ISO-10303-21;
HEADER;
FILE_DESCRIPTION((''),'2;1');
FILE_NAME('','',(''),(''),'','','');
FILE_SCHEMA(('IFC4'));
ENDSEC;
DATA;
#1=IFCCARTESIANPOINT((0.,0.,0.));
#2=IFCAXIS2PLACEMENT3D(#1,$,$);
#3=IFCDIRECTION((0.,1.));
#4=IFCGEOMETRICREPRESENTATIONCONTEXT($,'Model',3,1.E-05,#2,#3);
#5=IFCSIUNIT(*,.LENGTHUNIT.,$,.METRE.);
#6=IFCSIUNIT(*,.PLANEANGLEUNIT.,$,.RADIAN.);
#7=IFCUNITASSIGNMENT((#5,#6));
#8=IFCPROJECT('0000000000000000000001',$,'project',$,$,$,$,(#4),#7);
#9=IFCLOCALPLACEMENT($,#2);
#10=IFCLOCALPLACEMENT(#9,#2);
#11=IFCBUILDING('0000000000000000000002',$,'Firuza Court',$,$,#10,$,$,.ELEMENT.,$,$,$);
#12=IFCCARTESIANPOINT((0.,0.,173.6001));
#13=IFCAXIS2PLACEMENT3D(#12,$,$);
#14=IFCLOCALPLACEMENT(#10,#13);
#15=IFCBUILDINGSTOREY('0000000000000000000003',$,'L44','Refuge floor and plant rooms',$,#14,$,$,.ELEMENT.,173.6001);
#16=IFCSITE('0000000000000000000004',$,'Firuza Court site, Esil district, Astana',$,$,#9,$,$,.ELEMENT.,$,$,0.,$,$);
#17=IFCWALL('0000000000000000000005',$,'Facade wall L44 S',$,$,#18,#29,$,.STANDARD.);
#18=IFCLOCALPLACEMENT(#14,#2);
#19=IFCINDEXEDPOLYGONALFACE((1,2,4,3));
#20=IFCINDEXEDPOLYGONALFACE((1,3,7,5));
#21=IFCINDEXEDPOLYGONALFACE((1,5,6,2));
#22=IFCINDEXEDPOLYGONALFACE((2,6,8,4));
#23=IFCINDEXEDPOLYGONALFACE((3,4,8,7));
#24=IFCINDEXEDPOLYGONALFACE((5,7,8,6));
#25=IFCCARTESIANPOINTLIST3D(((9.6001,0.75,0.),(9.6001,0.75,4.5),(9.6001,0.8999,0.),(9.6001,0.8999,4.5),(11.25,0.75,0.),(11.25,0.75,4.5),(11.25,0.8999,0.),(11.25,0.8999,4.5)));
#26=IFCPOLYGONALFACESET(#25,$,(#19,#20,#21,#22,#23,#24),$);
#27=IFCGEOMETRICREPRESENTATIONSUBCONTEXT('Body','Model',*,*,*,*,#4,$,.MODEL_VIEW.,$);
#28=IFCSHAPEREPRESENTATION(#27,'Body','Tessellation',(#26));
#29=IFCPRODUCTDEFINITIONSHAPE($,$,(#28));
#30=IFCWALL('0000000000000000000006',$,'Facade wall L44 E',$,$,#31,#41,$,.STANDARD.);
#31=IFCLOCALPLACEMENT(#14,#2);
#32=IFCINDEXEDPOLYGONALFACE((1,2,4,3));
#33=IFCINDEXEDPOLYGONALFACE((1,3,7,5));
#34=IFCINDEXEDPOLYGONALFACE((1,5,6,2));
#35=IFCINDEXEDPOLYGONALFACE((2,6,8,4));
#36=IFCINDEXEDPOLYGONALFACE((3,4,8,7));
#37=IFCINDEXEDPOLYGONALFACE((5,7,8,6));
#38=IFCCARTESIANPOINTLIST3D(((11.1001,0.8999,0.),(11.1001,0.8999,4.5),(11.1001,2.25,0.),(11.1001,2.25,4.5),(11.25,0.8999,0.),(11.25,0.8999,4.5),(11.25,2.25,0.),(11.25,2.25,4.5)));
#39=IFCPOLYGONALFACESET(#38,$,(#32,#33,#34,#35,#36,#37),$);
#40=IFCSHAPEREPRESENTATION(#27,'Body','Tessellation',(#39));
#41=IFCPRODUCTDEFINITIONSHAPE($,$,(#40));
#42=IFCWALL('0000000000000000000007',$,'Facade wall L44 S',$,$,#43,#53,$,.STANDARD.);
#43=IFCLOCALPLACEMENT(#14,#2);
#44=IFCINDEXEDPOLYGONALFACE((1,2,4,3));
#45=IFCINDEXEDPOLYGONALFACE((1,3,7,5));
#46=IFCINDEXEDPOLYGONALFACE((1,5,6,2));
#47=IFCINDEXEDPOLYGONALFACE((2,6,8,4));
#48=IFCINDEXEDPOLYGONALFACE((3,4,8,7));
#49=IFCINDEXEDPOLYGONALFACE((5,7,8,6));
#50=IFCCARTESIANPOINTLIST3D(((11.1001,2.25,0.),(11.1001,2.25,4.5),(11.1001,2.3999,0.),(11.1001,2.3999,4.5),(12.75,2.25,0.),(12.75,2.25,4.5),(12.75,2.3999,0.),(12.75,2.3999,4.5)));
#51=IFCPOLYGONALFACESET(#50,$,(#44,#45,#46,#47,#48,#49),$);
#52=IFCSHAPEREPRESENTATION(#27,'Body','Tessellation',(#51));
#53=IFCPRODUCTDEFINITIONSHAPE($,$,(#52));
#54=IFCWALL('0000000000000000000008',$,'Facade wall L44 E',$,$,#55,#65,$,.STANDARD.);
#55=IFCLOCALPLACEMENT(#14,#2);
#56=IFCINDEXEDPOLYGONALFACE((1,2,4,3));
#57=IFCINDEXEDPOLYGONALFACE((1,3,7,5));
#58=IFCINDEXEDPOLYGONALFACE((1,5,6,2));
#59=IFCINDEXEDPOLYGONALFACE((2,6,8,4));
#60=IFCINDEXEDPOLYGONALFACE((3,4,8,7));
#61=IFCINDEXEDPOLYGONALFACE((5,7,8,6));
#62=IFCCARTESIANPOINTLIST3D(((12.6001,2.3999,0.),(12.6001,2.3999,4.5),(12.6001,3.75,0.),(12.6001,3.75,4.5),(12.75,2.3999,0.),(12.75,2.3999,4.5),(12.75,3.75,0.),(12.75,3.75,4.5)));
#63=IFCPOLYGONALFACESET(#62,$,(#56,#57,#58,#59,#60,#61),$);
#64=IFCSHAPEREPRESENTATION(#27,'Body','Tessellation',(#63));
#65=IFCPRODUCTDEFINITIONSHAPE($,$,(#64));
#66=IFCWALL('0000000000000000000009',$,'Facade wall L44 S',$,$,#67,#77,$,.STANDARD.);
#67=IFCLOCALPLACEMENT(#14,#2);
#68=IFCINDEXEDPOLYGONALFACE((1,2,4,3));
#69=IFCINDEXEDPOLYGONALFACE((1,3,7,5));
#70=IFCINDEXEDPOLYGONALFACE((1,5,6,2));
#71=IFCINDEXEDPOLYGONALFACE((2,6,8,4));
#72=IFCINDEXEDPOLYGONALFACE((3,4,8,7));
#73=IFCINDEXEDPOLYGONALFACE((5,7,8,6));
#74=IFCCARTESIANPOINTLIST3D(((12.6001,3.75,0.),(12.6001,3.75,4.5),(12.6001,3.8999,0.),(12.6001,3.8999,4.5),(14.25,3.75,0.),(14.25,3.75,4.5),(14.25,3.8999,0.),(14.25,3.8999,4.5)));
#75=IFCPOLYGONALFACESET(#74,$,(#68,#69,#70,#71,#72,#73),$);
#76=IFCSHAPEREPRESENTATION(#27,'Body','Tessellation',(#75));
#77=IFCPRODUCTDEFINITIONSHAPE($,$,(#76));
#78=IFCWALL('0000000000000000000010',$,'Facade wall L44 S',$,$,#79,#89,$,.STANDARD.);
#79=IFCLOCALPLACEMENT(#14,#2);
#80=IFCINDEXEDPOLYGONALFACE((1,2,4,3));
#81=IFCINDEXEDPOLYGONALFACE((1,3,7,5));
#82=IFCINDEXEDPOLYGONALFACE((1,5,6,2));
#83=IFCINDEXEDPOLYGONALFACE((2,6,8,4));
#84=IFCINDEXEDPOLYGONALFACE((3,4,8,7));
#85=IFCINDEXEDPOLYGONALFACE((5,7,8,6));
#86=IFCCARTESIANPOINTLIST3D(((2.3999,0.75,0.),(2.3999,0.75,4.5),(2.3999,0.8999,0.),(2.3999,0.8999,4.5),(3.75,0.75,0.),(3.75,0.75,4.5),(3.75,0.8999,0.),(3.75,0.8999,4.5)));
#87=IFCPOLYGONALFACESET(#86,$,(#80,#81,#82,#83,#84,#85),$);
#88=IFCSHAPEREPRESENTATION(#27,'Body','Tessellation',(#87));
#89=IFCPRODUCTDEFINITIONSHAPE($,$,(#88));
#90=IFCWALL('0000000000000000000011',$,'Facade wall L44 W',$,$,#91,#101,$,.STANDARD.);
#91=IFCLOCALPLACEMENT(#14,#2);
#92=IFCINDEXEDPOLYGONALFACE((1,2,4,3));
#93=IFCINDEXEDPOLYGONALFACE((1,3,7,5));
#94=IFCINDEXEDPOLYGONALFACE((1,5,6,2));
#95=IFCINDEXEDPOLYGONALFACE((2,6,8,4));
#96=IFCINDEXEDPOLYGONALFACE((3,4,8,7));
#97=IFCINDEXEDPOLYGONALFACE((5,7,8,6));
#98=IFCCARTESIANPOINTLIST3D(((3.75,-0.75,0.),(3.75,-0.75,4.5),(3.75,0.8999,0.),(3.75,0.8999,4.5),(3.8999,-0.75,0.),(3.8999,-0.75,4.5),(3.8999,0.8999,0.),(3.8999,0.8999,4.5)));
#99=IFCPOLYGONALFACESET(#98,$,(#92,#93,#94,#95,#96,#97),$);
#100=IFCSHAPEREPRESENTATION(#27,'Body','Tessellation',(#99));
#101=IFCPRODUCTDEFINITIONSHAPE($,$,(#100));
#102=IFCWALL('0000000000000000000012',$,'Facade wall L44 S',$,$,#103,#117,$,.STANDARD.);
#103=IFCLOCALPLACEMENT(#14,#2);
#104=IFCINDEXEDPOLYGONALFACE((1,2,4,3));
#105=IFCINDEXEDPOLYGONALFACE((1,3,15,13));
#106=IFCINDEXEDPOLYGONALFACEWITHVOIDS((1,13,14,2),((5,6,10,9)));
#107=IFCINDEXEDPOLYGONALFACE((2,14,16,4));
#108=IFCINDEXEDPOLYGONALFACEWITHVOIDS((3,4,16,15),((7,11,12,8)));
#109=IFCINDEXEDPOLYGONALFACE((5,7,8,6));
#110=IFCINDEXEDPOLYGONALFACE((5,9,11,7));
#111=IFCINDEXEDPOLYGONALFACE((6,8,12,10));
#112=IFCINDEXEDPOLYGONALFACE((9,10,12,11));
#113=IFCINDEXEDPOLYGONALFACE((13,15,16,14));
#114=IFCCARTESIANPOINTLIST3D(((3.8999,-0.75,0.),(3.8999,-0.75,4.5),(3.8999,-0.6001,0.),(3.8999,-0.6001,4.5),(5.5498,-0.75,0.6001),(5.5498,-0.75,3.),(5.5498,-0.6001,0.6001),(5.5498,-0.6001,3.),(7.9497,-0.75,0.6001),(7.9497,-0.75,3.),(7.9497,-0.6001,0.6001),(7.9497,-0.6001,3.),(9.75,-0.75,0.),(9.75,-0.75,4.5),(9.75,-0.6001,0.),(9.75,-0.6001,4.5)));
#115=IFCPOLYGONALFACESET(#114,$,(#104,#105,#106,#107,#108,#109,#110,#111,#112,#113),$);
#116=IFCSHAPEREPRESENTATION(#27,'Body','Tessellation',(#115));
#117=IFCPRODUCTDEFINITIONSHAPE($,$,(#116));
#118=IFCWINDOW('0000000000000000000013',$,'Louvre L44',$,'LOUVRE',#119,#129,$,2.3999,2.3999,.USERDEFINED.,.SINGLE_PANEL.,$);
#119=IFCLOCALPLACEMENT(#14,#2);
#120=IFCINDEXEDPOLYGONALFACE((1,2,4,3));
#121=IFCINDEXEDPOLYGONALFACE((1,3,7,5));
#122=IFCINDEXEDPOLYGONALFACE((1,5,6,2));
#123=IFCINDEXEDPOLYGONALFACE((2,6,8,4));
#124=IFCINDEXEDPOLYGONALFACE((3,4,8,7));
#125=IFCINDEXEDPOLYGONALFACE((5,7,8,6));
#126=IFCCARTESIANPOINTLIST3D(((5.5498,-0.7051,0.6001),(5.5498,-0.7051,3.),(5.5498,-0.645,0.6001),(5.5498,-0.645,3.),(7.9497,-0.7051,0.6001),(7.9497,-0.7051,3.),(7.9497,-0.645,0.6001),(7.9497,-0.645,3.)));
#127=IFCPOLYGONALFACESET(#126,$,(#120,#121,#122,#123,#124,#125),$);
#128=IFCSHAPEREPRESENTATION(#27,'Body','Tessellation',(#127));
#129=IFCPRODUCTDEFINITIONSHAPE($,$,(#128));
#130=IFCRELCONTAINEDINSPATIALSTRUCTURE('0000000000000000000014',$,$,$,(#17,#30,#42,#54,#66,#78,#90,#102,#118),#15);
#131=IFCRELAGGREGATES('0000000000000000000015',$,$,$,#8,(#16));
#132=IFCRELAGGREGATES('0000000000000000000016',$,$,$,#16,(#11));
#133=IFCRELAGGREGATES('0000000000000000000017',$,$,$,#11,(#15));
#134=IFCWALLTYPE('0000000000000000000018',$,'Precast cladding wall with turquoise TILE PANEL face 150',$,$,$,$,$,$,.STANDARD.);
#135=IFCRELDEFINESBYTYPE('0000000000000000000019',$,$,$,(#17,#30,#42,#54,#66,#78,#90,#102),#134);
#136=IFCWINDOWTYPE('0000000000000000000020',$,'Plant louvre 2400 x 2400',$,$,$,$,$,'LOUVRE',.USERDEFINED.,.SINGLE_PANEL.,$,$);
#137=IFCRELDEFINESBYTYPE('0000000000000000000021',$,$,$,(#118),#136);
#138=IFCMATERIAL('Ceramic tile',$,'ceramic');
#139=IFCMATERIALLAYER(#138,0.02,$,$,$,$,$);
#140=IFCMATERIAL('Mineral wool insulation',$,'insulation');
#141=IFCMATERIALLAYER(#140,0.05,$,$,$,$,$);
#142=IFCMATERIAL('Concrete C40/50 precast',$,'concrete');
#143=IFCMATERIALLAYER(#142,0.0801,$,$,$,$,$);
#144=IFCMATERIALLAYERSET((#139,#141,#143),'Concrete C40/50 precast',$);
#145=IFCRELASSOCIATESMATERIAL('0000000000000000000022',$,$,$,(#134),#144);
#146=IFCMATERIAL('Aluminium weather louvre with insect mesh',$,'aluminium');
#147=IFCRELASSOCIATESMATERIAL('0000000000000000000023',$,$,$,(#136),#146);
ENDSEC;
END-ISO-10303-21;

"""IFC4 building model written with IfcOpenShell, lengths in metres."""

from ifc_helpers import new_model, si_unit, direction, frame, frame_2d, origin, place, context, subcontext, project, spatial, rectangle, extrude, material, layer, layer_set, type_object, element, fill, save


model = new_model("IFC4")

# Units and contexts
model_context = context("Model", 3, precision=1e-05, world=origin(), true_north=direction((0.0, 1.0)))
body_context = subcontext(model_context, "Body", "Model", "MODEL_VIEW")
ifc_project = project(units=[si_unit("LENGTHUNIT", "METRE"), si_unit("PLANEANGLEUNIT", "RADIAN")], contexts=[model_context])

# Site, building, storey
site_placement = place(None, origin())
site = spatial("IfcSite", under=ifc_project, at=site_placement, Name="Firuza Court site, Esil district, Astana", CompositionType="ELEMENT", RefElevation=0.0)
building_placement = place(site_placement, origin())
building = spatial("IfcBuilding", under=site, at=building_placement, Name="Firuza Court", CompositionType="ELEMENT")
storey_placement = place(building_placement, frame((0.0, 0.0, 173.6001)))
storey = spatial("IfcBuildingStorey", under=building, at=storey_placement, Name="L44", Description="Refuge floor and plant rooms", CompositionType="ELEMENT", Elevation=173.6001)

# Walls
ifc_material_1 = material(Name="Ceramic tile", Category="ceramic")
ifc_layer_1 = layer(ifc_material_1, 0.02)
ifc_material_2 = material(Name="Mineral wool insulation", Category="insulation")
ifc_layer_2 = layer(ifc_material_2, 0.05)
ifc_material_3 = material(Name="Concrete C40/50 precast", Category="concrete")
ifc_layer_3 = layer(ifc_material_3, 0.0801)
ifc_layer_set_1 = layer_set([ifc_layer_1, ifc_layer_2, ifc_layer_3], Name="Concrete C40/50 precast")
wall_type_1 = type_object("IfcWallType", Name="Precast cladding wall with turquoise TILE PANEL face 150", PredefinedType="STANDARD", material=ifc_layer_set_1)
wall_1_placement = place(storey_placement, frame((9.6001, 0.825, 0.0), z_axis=(0.0, 0.0, 1.0), x_axis=(1.0, 0.0, 0.0)))
element("IfcWall", 1, at=wall_1_placement, inside=storey, type_object=wall_type_1, Name="Facade wall L44 S", PredefinedType="STANDARD", context=body_context, shape_type="SweptSolid", body=[
    extrude(rectangle(XDim=1.6499, YDim=0.1499, at=frame_2d((0.825, 0.0))), origin(), (0.0, 0.0, 1.0), 4.5),
])
wall_2_placement = place(storey_placement, frame((11.175, 0.8999, 0.0), z_axis=(0.0, 0.0, 1.0), x_axis=(0.0, 1.0, 0.0)))
element("IfcWall", 2, at=wall_2_placement, inside=storey, type_object=wall_type_1, Name="Facade wall L44 E", PredefinedType="STANDARD", context=body_context, shape_type="SweptSolid", body=[
    extrude(rectangle(XDim=1.3501, YDim=0.1499, at=frame_2d((0.675, 0.0))), origin(), (0.0, 0.0, 1.0), 4.5),
])
wall_3_placement = place(storey_placement, frame((11.1001, 2.325, 0.0), z_axis=(0.0, 0.0, 1.0), x_axis=(1.0, 0.0, 0.0)))
element("IfcWall", 3, at=wall_3_placement, inside=storey, type_object=wall_type_1, Name="Facade wall L44 S", PredefinedType="STANDARD", context=body_context, shape_type="SweptSolid", body=[
    extrude(rectangle(XDim=1.6499, YDim=0.1499, at=frame_2d((0.825, 0.0))), origin(), (0.0, 0.0, 1.0), 4.5),
])
wall_4_placement = place(storey_placement, frame((12.675, 2.3999, 0.0), z_axis=(0.0, 0.0, 1.0), x_axis=(0.0, 1.0, 0.0)))
element("IfcWall", 4, at=wall_4_placement, inside=storey, type_object=wall_type_1, Name="Facade wall L44 E", PredefinedType="STANDARD", context=body_context, shape_type="SweptSolid", body=[
    extrude(rectangle(XDim=1.3501, YDim=0.1499, at=frame_2d((0.675, 0.0))), origin(), (0.0, 0.0, 1.0), 4.5),
])
wall_5_placement = place(storey_placement, frame((12.6001, 3.825, 0.0), z_axis=(0.0, 0.0, 1.0), x_axis=(1.0, 0.0, 0.0)))
element("IfcWall", 5, at=wall_5_placement, inside=storey, type_object=wall_type_1, Name="Facade wall L44 S", PredefinedType="STANDARD", context=body_context, shape_type="SweptSolid", body=[
    extrude(rectangle(XDim=1.6499, YDim=0.1499, at=frame_2d((0.825, 0.0))), origin(), (0.0, 0.0, 1.0), 4.5),
])
wall_6_placement = place(storey_placement, frame((2.3999, 0.825, 0.0), z_axis=(0.0, 0.0, 1.0), x_axis=(1.0, 0.0, 0.0)))
element("IfcWall", 6, at=wall_6_placement, inside=storey, type_object=wall_type_1, Name="Facade wall L44 S", PredefinedType="STANDARD", context=body_context, shape_type="SweptSolid", body=[
    extrude(rectangle(XDim=1.3501, YDim=0.1499, at=frame_2d((0.675, 0.0))), origin(), (0.0, 0.0, 1.0), 4.5),
])
wall_7_placement = place(storey_placement, frame((3.825, 0.8999, 0.0), z_axis=(0.0, 0.0, 1.0), x_axis=(0.0, -1.0, 0.0)))
element("IfcWall", 7, at=wall_7_placement, inside=storey, type_object=wall_type_1, Name="Facade wall L44 W", PredefinedType="STANDARD", context=body_context, shape_type="SweptSolid", body=[
    extrude(rectangle(XDim=1.6499, YDim=0.1499, at=frame_2d((0.825, 0.0))), origin(), (0.0, 0.0, 1.0), 4.5),
])

# Wall, opening, window
wall_8_placement = place(storey_placement, frame((3.8999, -0.675, 0.0), z_axis=(0.0, 0.0, 1.0), x_axis=(1.0, 0.0, 0.0)))
wall_8 = element("IfcWall", 8, at=wall_8_placement, inside=storey, type_object=wall_type_1, Name="Facade wall L44 S", PredefinedType="STANDARD", context=body_context, shape_type="SweptSolid", body=[
    extrude(rectangle(XDim=5.8501, YDim=0.1499, at=frame_2d((2.925, 0.0))), origin(), (0.0, 0.0, 1.0), 4.5),
])
opening_placement = place(wall_8_placement, frame((1.6499, 0.0, 0.6001)))
opening = element("IfcOpeningElement", 9, at=opening_placement, cuts=wall_8, PredefinedType="OPENING", context=body_context, shape_type="SweptSolid", body=[
    extrude(rectangle(XDim=2.3999, YDim=2.3999, at=frame_2d((1.2, 1.2))), frame((0.0, 0.0869, 0.0), z_axis=(0.0, -1.0, 0.0), x_axis=(1.0, 0.0, 0.0)), (0.0, 0.0, 1.0), 0.1738),
])
ifc_material_4 = material(Name="Aluminium weather louvre with insect mesh", Category="aluminium")
window_type = type_object("IfcWindowType", Name="Plant louvre 2400 x 2400", ElementType="LOUVRE", PartitioningType="SINGLE_PANEL", PredefinedType="USERDEFINED", material=ifc_material_4)
window_placement = place(opening_placement, origin())
window = element("IfcWindow", 10, at=window_placement, inside=storey, type_object=window_type, Name="Louvre L44", ObjectType="LOUVRE", OverallHeight=2.3999, OverallWidth=2.3999, PartitioningType="SINGLE_PANEL", PredefinedType="USERDEFINED", context=body_context, shape_type="SweptSolid", body=[
    extrude(rectangle(XDim=2.3999, YDim=2.3999, at=frame_2d((1.2, 1.2))), frame((0.0, 0.03, 0.0), z_axis=(0.0, -1.0, 0.0), x_axis=(1.0, 0.0, 0.0)), (0.0, 0.0, 1.0), 0.0601),
])
fill(opening, window)

save(model, "model.ifc")
